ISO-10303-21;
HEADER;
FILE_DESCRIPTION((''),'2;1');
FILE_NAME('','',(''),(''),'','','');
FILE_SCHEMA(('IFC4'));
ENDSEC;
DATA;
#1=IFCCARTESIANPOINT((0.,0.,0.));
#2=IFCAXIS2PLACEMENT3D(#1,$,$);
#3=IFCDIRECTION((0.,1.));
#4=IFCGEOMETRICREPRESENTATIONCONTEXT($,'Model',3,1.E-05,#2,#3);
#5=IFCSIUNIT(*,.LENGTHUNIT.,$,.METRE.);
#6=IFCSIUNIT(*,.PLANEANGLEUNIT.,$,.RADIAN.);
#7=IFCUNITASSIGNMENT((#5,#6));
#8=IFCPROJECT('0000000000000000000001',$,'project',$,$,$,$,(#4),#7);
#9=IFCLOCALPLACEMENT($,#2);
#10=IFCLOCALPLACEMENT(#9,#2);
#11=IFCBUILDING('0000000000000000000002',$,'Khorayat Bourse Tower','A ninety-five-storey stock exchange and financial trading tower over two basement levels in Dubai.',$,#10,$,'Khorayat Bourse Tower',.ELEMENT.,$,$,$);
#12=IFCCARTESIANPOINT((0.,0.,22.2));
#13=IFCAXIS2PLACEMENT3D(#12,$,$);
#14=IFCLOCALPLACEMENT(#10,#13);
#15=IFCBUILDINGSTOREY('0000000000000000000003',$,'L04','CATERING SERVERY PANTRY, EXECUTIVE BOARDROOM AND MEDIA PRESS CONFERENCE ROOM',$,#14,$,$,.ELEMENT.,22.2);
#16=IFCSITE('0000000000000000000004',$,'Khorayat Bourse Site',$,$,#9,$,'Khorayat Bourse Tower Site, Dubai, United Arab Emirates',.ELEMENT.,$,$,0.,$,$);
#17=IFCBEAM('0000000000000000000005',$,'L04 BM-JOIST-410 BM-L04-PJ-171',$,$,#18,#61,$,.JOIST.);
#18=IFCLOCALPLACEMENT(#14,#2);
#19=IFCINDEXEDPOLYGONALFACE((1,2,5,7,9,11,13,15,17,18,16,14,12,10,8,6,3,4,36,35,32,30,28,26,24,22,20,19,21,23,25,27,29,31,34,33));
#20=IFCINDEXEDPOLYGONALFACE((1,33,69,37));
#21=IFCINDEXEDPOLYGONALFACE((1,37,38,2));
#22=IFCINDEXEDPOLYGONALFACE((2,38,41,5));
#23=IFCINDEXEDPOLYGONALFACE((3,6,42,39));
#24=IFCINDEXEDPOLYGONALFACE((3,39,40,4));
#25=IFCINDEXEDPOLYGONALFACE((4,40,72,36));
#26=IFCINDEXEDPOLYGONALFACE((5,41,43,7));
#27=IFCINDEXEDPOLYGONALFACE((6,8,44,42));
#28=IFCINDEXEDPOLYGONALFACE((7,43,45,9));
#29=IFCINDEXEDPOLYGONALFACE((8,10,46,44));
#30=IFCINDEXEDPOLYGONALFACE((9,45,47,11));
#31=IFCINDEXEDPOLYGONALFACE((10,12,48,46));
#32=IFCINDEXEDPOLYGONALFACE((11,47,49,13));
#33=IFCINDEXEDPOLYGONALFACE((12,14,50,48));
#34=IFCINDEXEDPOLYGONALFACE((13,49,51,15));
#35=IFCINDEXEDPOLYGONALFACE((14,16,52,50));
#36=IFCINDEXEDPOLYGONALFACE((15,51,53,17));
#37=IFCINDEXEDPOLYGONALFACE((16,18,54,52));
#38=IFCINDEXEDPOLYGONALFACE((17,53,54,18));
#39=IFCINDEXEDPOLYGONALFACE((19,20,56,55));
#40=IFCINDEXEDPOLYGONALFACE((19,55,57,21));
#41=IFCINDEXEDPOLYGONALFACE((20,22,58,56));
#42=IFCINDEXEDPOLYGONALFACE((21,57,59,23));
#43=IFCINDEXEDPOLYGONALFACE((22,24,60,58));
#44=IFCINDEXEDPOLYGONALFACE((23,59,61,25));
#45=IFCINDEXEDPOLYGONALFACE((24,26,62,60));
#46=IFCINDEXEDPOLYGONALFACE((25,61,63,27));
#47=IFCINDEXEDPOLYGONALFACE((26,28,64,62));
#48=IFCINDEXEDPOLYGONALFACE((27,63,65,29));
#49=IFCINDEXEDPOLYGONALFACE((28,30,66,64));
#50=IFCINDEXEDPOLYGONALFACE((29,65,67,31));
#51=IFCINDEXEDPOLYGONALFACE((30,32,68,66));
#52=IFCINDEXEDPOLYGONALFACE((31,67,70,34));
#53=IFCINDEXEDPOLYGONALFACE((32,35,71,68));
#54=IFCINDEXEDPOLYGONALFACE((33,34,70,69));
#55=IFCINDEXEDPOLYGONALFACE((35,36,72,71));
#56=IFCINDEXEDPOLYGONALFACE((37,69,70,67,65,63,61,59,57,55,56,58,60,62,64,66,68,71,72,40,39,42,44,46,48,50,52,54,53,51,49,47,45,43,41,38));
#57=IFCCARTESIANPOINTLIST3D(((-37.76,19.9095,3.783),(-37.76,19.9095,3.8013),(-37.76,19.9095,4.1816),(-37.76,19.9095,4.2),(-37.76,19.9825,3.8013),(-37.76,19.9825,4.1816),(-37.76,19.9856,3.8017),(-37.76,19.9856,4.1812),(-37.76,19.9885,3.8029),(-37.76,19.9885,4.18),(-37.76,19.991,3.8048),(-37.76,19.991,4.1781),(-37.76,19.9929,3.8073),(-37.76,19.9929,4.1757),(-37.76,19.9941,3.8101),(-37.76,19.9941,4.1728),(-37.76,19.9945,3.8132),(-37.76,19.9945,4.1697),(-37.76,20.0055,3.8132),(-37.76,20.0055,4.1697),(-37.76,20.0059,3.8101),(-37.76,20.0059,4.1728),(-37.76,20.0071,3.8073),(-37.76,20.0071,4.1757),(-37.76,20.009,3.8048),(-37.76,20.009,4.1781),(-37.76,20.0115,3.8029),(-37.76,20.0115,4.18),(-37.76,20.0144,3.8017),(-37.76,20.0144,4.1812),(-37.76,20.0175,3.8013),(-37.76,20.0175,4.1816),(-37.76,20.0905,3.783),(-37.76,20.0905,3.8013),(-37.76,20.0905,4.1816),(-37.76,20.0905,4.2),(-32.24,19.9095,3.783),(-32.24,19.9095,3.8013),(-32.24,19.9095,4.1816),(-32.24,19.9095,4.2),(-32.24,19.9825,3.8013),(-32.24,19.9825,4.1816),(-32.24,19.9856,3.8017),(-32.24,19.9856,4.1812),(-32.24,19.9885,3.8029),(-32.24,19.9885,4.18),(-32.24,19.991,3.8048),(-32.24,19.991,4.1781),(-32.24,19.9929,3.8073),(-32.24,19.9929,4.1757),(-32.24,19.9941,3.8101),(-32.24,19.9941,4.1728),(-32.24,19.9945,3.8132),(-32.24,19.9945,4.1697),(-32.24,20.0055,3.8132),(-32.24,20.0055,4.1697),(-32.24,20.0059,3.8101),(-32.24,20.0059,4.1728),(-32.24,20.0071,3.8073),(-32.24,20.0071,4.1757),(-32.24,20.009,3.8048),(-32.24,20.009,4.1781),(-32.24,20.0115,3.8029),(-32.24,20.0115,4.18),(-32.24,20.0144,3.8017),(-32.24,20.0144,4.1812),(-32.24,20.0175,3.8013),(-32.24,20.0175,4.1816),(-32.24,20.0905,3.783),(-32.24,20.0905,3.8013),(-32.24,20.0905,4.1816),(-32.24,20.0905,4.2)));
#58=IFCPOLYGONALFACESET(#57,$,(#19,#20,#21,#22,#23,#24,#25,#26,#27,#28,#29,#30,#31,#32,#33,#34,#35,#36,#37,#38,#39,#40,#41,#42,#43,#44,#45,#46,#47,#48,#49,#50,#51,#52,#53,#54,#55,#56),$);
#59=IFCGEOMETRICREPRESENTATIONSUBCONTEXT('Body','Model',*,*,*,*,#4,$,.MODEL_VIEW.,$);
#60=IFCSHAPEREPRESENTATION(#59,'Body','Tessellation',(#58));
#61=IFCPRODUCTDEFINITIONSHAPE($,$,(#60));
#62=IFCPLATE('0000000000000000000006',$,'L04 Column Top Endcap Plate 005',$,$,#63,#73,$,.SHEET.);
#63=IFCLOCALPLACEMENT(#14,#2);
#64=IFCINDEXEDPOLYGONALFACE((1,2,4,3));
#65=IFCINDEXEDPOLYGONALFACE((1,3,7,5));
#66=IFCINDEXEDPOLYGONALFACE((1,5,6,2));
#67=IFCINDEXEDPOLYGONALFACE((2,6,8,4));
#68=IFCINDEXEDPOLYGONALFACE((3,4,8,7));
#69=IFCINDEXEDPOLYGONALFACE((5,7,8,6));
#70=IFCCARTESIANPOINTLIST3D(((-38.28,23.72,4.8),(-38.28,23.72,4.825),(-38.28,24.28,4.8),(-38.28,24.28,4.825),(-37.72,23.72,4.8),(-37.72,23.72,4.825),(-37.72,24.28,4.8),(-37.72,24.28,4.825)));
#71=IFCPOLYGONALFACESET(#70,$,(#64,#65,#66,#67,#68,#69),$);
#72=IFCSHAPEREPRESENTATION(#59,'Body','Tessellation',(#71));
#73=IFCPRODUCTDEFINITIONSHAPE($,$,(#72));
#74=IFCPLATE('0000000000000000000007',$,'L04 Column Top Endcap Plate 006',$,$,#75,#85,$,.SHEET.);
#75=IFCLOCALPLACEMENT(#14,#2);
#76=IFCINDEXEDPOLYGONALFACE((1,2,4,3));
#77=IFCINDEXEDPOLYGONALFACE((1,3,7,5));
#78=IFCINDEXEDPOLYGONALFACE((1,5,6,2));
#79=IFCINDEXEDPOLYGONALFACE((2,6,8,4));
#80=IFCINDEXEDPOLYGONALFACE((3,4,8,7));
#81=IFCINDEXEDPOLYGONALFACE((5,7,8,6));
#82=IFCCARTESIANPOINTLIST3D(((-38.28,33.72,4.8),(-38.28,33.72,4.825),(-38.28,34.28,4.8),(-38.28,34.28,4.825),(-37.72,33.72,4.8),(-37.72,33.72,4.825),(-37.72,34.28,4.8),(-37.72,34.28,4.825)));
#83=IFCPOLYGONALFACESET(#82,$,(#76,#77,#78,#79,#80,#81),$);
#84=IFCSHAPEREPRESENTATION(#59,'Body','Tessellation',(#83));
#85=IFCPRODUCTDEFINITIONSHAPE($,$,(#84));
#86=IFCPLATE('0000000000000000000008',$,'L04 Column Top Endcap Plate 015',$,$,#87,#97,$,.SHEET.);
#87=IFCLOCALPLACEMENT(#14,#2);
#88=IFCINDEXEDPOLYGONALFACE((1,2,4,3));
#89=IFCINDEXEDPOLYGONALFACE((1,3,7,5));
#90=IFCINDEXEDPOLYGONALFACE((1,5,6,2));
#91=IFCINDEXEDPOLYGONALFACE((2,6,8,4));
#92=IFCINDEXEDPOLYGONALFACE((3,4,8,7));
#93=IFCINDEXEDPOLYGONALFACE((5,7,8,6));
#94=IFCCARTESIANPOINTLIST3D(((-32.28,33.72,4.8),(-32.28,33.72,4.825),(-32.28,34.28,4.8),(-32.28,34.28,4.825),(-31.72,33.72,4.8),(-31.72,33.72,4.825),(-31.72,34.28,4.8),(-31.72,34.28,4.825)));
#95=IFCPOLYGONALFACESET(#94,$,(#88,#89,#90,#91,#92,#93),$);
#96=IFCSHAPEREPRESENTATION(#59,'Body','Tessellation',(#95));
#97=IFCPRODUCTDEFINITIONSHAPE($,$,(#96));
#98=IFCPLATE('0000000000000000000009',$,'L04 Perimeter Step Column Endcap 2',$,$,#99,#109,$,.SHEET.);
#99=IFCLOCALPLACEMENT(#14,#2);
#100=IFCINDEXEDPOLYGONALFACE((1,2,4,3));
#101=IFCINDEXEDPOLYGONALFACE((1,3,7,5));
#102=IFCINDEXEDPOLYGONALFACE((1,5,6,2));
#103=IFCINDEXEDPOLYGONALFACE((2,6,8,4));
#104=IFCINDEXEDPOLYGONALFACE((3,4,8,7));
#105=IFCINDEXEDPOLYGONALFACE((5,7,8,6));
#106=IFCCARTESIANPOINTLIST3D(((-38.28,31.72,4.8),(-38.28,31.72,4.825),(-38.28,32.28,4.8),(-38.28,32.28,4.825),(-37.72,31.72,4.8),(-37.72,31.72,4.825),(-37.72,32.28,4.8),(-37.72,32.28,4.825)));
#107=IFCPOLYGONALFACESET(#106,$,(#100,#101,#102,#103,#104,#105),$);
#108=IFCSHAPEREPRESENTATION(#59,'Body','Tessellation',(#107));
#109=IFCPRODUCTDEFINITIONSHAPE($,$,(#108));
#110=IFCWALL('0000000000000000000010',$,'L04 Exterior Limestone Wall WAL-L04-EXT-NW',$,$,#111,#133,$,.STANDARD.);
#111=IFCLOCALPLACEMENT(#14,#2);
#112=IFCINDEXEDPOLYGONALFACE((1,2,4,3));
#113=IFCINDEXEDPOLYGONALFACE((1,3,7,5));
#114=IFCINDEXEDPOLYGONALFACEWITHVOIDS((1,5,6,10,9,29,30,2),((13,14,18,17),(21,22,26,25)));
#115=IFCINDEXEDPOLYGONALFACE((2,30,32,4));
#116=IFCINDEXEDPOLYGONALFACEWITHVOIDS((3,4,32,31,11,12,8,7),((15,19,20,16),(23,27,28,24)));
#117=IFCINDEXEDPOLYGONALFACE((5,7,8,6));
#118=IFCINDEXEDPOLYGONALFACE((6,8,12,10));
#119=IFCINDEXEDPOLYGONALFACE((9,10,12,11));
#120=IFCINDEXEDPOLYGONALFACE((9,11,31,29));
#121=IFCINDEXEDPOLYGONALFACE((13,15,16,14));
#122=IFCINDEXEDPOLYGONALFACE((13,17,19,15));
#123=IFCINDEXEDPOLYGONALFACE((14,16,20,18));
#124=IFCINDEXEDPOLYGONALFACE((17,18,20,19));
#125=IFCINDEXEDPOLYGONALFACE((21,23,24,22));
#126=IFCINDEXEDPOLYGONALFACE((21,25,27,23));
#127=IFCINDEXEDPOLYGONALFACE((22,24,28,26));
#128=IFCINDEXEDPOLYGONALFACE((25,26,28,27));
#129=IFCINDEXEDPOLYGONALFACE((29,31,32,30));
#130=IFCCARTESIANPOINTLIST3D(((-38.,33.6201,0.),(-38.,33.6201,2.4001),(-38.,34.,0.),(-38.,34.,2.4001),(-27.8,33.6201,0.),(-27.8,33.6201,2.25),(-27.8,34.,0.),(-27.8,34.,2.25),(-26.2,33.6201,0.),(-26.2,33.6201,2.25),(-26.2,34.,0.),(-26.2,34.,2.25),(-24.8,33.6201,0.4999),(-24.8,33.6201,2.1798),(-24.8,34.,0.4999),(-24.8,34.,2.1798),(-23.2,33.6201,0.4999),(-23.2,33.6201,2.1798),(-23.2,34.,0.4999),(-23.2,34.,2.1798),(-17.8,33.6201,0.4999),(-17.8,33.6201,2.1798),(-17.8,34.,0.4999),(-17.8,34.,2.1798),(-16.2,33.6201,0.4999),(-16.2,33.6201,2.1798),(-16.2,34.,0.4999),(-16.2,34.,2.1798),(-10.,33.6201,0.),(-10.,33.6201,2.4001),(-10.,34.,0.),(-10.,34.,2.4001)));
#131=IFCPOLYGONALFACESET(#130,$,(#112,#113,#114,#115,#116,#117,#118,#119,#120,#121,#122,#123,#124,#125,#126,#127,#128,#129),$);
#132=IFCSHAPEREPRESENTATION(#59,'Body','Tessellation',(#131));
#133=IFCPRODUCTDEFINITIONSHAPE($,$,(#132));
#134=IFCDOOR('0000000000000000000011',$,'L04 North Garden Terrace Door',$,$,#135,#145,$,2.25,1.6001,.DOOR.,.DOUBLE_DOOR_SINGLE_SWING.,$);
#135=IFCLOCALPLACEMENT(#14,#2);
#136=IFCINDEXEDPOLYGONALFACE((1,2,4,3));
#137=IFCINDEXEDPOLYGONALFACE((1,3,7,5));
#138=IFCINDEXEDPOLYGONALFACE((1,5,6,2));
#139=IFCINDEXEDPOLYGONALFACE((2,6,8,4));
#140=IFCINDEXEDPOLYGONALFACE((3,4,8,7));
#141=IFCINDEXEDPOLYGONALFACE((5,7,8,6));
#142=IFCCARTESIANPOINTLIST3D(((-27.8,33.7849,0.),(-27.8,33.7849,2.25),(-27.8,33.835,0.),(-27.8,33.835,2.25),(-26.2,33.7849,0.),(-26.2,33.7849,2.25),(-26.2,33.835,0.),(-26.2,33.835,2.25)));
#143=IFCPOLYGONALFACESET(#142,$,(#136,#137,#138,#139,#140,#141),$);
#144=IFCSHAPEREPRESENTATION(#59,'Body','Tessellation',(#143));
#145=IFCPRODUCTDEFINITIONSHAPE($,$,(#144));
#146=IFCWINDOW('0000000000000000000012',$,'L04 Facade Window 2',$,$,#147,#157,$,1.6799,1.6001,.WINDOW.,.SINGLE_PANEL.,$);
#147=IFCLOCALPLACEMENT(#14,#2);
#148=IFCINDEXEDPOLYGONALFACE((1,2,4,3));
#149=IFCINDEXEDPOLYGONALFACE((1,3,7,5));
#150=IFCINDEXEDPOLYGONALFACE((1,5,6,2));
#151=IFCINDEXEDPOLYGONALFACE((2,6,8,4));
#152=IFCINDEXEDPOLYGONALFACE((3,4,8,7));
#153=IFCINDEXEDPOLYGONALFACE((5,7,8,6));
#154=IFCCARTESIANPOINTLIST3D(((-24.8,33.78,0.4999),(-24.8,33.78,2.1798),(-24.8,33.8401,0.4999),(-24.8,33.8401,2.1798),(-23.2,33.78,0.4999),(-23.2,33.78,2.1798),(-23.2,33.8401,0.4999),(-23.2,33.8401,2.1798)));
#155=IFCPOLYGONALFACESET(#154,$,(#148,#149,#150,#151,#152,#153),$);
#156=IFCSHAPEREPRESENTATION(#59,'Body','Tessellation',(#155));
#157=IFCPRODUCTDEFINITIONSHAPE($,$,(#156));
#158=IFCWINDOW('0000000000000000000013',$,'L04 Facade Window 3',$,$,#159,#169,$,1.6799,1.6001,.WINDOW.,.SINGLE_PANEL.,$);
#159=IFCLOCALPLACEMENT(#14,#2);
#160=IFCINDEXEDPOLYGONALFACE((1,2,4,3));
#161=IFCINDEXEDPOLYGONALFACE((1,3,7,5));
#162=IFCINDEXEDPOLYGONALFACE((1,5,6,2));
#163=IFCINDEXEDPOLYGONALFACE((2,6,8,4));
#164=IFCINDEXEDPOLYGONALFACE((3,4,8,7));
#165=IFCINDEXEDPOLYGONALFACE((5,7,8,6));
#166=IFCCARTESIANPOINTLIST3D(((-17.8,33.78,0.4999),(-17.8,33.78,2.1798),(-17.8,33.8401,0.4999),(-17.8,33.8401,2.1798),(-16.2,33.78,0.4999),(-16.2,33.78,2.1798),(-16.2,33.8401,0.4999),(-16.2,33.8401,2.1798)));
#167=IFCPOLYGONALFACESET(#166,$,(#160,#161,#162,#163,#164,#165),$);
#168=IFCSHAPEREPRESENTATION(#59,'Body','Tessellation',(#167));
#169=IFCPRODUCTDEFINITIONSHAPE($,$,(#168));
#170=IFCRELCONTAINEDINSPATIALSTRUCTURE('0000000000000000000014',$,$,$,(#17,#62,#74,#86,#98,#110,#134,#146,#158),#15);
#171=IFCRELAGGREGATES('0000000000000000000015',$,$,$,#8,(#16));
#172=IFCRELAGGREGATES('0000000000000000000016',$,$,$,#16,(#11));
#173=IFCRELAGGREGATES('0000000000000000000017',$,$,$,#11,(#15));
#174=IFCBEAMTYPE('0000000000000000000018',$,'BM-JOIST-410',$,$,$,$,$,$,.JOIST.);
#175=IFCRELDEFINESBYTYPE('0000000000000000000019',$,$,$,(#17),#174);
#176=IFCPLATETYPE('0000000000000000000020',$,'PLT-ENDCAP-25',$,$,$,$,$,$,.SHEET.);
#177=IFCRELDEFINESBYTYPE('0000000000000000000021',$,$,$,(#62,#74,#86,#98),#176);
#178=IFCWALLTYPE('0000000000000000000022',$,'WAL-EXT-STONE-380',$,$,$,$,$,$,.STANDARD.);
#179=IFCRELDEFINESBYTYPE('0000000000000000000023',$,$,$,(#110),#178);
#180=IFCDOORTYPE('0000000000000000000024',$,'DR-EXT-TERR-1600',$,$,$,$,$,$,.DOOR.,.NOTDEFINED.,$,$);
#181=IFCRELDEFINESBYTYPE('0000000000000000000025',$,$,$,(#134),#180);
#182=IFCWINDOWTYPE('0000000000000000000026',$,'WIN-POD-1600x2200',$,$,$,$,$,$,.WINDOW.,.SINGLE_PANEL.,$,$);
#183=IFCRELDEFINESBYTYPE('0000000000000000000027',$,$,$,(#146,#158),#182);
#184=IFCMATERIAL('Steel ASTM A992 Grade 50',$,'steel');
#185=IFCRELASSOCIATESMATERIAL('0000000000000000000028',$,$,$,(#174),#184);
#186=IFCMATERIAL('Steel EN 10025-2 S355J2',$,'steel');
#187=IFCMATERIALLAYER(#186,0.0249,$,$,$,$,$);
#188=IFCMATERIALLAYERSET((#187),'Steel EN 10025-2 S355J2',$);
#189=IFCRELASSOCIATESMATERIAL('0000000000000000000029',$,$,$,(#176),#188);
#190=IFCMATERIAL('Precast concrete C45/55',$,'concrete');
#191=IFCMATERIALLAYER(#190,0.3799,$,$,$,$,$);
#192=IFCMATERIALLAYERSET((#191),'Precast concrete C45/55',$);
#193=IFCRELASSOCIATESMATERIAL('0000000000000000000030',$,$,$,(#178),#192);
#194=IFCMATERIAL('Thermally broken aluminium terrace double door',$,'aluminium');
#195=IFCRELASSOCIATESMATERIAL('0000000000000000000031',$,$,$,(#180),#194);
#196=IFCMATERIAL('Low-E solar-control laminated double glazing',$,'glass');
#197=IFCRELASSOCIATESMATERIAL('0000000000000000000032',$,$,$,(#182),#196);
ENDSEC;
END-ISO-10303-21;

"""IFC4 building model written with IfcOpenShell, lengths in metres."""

from ifc_helpers import new_model, si_unit, direction, frame, frame_2d, origin, origin_2d, place, context, subcontext, project, spatial, rectangle, i_section, extrude, source, transform, mapped, material, layer, layer_set, material_profile, profile_set, type_object, element, fill, save


model = new_model("IFC4")

# Units and contexts
model_context = context("Model", 3, precision=1e-05, world=origin(), true_north=direction((0.0, 1.0)))
body_context = subcontext(model_context, "Body", "Model", "MODEL_VIEW")
ifc_project = project(units=[si_unit("LENGTHUNIT", "METRE"), si_unit("PLANEANGLEUNIT", "RADIAN")], contexts=[model_context])

# Site, building, storey
site_placement = place(None, origin())
site = spatial("IfcSite", under=ifc_project, at=site_placement, Name="Khorayat Bourse Site", LongName="Khorayat Bourse Tower Site, Dubai, United Arab Emirates", CompositionType="ELEMENT", RefElevation=0.0)
building_placement = place(site_placement, origin())
building = spatial("IfcBuilding", under=site, at=building_placement, Name="Khorayat Bourse Tower", Description="A ninety-five-storey stock exchange and financial trading tower over two basement levels in Dubai.", LongName="Khorayat Bourse Tower", CompositionType="ELEMENT")
storey_placement = place(building_placement, frame((0.0, 0.0, 22.2)))
storey = spatial("IfcBuildingStorey", under=building, at=storey_placement, Name="L04", Description="CATERING SERVERY PANTRY, EXECUTIVE BOARDROOM AND MEDIA PRESS CONFERENCE ROOM", CompositionType="ELEMENT", Elevation=22.2)

# Shared definitions
ifc_material_1 = material(Name="Steel EN 10025-2 S355J2", Category="steel")

# Beam
ifc_material_2 = material(Name="Steel ASTM A992 Grade 50", Category="steel")
ifc_material_profile_1 = material_profile(ifc_material_2, i_section(OverallWidth=0.1809, OverallDepth=0.417, WebThickness=0.011, FlangeThickness=0.0183, FilletRadius=0.012, at=origin_2d()), Name="W410X85")
ifc_profile_set_1 = profile_set([ifc_material_profile_1], Name="Steel ASTM A992 Grade 50")
beam_type_1 = type_object("IfcBeamType", Name="BM-JOIST-410", PredefinedType="JOIST", material=ifc_profile_set_1)
shared_shape_1 = source(origin(), body_context, "Body", "SweptSolid", [
    extrude(i_section(OverallWidth=0.1809, OverallDepth=0.417, WebThickness=0.011, FlangeThickness=0.0183, FilletRadius=0.012, at=origin_2d()), origin(), (0.0, 0.0, 1.0), 5.52),
])
beam_1_placement = place(storey_placement, frame((-37.76, 20.0, 3.9915), z_axis=(1.0, 0.0, 0.0), x_axis=(0.0, 1.0, 0.0)))
element("IfcBeam", 1, at=beam_1_placement, inside=storey, type_object=beam_type_1, Name="L04 BM-JOIST-410 BM-L04-PJ-171", PredefinedType="JOIST", context=body_context, shape_type="MappedRepresentation", body=[
    mapped(shared_shape_1, transform((0.0, 0.0, 0.0), scale=1.0)),
])

# Plates
ifc_layer_1 = layer(ifc_material_1, 0.0249)
ifc_layer_set_1 = layer_set([ifc_layer_1], Name="Steel EN 10025-2 S355J2")
plate_type = type_object("IfcPlateType", Name="PLT-ENDCAP-25", PredefinedType="SHEET", material=ifc_layer_set_1)
shared_shape_2 = source(origin(), body_context, "Body", "SweptSolid", [
    extrude(rectangle(XDim=0.5601, YDim=0.5601, at=origin_2d()), origin(), (0.0, 0.0, 1.0), 0.0249),
])
for number, where, z_axis, x_axis, name in (
    (2, (-38.0, 24.0, 4.8), (0.0, 0.0, 1.0), (1.0, 0.0, 0.0), "L04 Column Top Endcap Plate 005"),
    (3, (-38.0, 34.0, 4.8), (0.0, 0.0, 1.0), (1.0, 0.0, 0.0), "L04 Column Top Endcap Plate 006"),
    (4, (-32.0, 34.0, 4.8), (0.0, 0.0, 1.0), (1.0, 0.0, 0.0), "L04 Column Top Endcap Plate 015"),
    (5, (-38.0, 32.0, 4.8), (0.0, 0.0, 1.0), (1.0, 0.0, 0.0), "L04 Perimeter Step Column Endcap 2"),
):
    element("IfcPlate", number, at=place(storey_placement, frame(where, z_axis=z_axis, x_axis=x_axis)), inside=storey, type_object=plate_type, Name=name, PredefinedType="SHEET", context=body_context, shape_type="MappedRepresentation", body=[
        mapped(shared_shape_2, transform((0.0, 0.0, 0.0), scale=1.0)),
    ])

# Wall, openings, door, windows
ifc_material_3 = material(Name="Precast concrete C45/55", Category="concrete")
ifc_layer_2 = layer(ifc_material_3, 0.3799)
ifc_layer_set_2 = layer_set([ifc_layer_2], Name="Precast concrete C45/55")
wall_type = type_object("IfcWallType", Name="WAL-EXT-STONE-380", PredefinedType="STANDARD", material=ifc_layer_set_2)
shared_shape_3 = source(origin(), body_context, "Body", "SweptSolid", [
    extrude(rectangle(XDim=28.0, YDim=0.3799, at=frame_2d((14.0, 0.0))), origin(), (0.0, 0.0, 1.0), 2.4001),
])
wall_placement = place(storey_placement, frame((-38.0, 33.8101, 0.0), z_axis=(0.0, 0.0, 1.0), x_axis=(1.0, 0.0, 0.0)))
wall = element("IfcWall", 6, at=wall_placement, inside=storey, type_object=wall_type, Name="L04 Exterior Limestone Wall WAL-L04-EXT-NW", PredefinedType="STANDARD", context=body_context, shape_type="MappedRepresentation", body=[
    mapped(shared_shape_3, transform((0.0, 0.0, 0.0), scale=1.0)),
])
shared_shape_4 = source(origin(), body_context, "Body", "SweptSolid", [
    extrude(rectangle(XDim=1.6001, YDim=2.25, at=frame_2d((0.8, 1.125))), frame((0.0, 0.2, 0.0), z_axis=(0.0, -1.0, 0.0), x_axis=(1.0, 0.0, 0.0)), (0.0, 0.0, 1.0), 0.3999),
])
opening_1_placement = place(wall_placement, frame((10.2, 0.0, 0.0)))
opening_1 = element("IfcOpeningElement", 7, at=opening_1_placement, cuts=wall, PredefinedType="OPENING", context=body_context, shape_type="MappedRepresentation", body=[
    mapped(shared_shape_4, transform((0.0, 0.0, 0.0), scale=1.0)),
])
shared_shape_5 = source(origin(), body_context, "Body", "SweptSolid", [
    extrude(rectangle(XDim=1.6001, YDim=1.6799, at=frame_2d((0.8, 0.8398))), frame((0.0, 0.2, 0.0), z_axis=(0.0, -1.0, 0.0), x_axis=(1.0, 0.0, 0.0)), (0.0, 0.0, 1.0), 0.3999),
])
opening_2_placement = place(wall_placement, frame((13.2, 0.0, 0.5)))
opening_2 = element("IfcOpeningElement", 8, at=opening_2_placement, cuts=wall, PredefinedType="OPENING", context=body_context, shape_type="MappedRepresentation", body=[
    mapped(shared_shape_5, transform((0.0, 0.0, 0.0), scale=1.0)),
])
opening_3_placement = place(wall_placement, frame((20.2, 0.0, 0.5)))
opening_3 = element("IfcOpeningElement", 9, at=opening_3_placement, cuts=wall, PredefinedType="OPENING", context=body_context, shape_type="MappedRepresentation", body=[
    mapped(shared_shape_5, transform((0.0, 0.0, 0.0), scale=1.0)),
])
ifc_material_4 = material(Name="Thermally broken aluminium terrace double door", Category="aluminium")
door_type = type_object("IfcDoorType", Name="DR-EXT-TERR-1600", OperationType="NOTDEFINED", PredefinedType="DOOR", material=ifc_material_4)
shared_shape_6 = source(origin(), body_context, "Body", "SweptSolid", [
    extrude(rectangle(XDim=1.6001, YDim=2.25, at=frame_2d((0.8, 1.125))), frame((0.0, 0.0249, 0.0), z_axis=(0.0, -1.0, 0.0), x_axis=(1.0, 0.0, 0.0)), (0.0, 0.0, 1.0), 0.05),
])
door_placement = place(opening_1_placement, origin())
door = element("IfcDoor", 10, at=door_placement, inside=storey, type_object=door_type, Name="L04 North Garden Terrace Door", OperationType="DOUBLE_DOOR_SINGLE_SWING", OverallHeight=2.25, OverallWidth=1.6001, PredefinedType="DOOR", context=body_context, shape_type="MappedRepresentation", body=[
    mapped(shared_shape_6, transform((0.0, 0.0, 0.0), scale=1.0)),
])
fill(opening_1, door)
ifc_material_5 = material(Name="Low-E solar-control laminated double glazing", Category="glass")
window_type = type_object("IfcWindowType", Name="WIN-POD-1600x2200", PartitioningType="SINGLE_PANEL", PredefinedType="WINDOW", material=ifc_material_5)
shared_shape_7 = source(origin(), body_context, "Body", "SweptSolid", [
    extrude(rectangle(XDim=1.6001, YDim=1.6799, at=frame_2d((0.8, 0.8398))), frame((0.0, 0.03, 0.0), z_axis=(0.0, -1.0, 0.0), x_axis=(1.0, 0.0, 0.0)), (0.0, 0.0, 1.0), 0.0601),
])
window_1_placement = place(opening_2_placement, origin())
window_1 = element("IfcWindow", 11, at=window_1_placement, inside=storey, type_object=window_type, Name="L04 Facade Window 2", OverallHeight=1.6799, OverallWidth=1.6001, PartitioningType="SINGLE_PANEL", PredefinedType="WINDOW", context=body_context, shape_type="MappedRepresentation", body=[
    mapped(shared_shape_7, transform((0.0, 0.0, 0.0), scale=1.0)),
])
fill(opening_2, window_1)
window_2_placement = place(opening_3_placement, origin())
window_2 = element("IfcWindow", 12, at=window_2_placement, inside=storey, type_object=window_type, Name="L04 Facade Window 3", OverallHeight=1.6799, OverallWidth=1.6001, PartitioningType="SINGLE_PANEL", PredefinedType="WINDOW", context=body_context, shape_type="MappedRepresentation", body=[
    mapped(shared_shape_7, transform((0.0, 0.0, 0.0), scale=1.0)),
])
fill(opening_3, window_2)

save(model, "model.ifc")
